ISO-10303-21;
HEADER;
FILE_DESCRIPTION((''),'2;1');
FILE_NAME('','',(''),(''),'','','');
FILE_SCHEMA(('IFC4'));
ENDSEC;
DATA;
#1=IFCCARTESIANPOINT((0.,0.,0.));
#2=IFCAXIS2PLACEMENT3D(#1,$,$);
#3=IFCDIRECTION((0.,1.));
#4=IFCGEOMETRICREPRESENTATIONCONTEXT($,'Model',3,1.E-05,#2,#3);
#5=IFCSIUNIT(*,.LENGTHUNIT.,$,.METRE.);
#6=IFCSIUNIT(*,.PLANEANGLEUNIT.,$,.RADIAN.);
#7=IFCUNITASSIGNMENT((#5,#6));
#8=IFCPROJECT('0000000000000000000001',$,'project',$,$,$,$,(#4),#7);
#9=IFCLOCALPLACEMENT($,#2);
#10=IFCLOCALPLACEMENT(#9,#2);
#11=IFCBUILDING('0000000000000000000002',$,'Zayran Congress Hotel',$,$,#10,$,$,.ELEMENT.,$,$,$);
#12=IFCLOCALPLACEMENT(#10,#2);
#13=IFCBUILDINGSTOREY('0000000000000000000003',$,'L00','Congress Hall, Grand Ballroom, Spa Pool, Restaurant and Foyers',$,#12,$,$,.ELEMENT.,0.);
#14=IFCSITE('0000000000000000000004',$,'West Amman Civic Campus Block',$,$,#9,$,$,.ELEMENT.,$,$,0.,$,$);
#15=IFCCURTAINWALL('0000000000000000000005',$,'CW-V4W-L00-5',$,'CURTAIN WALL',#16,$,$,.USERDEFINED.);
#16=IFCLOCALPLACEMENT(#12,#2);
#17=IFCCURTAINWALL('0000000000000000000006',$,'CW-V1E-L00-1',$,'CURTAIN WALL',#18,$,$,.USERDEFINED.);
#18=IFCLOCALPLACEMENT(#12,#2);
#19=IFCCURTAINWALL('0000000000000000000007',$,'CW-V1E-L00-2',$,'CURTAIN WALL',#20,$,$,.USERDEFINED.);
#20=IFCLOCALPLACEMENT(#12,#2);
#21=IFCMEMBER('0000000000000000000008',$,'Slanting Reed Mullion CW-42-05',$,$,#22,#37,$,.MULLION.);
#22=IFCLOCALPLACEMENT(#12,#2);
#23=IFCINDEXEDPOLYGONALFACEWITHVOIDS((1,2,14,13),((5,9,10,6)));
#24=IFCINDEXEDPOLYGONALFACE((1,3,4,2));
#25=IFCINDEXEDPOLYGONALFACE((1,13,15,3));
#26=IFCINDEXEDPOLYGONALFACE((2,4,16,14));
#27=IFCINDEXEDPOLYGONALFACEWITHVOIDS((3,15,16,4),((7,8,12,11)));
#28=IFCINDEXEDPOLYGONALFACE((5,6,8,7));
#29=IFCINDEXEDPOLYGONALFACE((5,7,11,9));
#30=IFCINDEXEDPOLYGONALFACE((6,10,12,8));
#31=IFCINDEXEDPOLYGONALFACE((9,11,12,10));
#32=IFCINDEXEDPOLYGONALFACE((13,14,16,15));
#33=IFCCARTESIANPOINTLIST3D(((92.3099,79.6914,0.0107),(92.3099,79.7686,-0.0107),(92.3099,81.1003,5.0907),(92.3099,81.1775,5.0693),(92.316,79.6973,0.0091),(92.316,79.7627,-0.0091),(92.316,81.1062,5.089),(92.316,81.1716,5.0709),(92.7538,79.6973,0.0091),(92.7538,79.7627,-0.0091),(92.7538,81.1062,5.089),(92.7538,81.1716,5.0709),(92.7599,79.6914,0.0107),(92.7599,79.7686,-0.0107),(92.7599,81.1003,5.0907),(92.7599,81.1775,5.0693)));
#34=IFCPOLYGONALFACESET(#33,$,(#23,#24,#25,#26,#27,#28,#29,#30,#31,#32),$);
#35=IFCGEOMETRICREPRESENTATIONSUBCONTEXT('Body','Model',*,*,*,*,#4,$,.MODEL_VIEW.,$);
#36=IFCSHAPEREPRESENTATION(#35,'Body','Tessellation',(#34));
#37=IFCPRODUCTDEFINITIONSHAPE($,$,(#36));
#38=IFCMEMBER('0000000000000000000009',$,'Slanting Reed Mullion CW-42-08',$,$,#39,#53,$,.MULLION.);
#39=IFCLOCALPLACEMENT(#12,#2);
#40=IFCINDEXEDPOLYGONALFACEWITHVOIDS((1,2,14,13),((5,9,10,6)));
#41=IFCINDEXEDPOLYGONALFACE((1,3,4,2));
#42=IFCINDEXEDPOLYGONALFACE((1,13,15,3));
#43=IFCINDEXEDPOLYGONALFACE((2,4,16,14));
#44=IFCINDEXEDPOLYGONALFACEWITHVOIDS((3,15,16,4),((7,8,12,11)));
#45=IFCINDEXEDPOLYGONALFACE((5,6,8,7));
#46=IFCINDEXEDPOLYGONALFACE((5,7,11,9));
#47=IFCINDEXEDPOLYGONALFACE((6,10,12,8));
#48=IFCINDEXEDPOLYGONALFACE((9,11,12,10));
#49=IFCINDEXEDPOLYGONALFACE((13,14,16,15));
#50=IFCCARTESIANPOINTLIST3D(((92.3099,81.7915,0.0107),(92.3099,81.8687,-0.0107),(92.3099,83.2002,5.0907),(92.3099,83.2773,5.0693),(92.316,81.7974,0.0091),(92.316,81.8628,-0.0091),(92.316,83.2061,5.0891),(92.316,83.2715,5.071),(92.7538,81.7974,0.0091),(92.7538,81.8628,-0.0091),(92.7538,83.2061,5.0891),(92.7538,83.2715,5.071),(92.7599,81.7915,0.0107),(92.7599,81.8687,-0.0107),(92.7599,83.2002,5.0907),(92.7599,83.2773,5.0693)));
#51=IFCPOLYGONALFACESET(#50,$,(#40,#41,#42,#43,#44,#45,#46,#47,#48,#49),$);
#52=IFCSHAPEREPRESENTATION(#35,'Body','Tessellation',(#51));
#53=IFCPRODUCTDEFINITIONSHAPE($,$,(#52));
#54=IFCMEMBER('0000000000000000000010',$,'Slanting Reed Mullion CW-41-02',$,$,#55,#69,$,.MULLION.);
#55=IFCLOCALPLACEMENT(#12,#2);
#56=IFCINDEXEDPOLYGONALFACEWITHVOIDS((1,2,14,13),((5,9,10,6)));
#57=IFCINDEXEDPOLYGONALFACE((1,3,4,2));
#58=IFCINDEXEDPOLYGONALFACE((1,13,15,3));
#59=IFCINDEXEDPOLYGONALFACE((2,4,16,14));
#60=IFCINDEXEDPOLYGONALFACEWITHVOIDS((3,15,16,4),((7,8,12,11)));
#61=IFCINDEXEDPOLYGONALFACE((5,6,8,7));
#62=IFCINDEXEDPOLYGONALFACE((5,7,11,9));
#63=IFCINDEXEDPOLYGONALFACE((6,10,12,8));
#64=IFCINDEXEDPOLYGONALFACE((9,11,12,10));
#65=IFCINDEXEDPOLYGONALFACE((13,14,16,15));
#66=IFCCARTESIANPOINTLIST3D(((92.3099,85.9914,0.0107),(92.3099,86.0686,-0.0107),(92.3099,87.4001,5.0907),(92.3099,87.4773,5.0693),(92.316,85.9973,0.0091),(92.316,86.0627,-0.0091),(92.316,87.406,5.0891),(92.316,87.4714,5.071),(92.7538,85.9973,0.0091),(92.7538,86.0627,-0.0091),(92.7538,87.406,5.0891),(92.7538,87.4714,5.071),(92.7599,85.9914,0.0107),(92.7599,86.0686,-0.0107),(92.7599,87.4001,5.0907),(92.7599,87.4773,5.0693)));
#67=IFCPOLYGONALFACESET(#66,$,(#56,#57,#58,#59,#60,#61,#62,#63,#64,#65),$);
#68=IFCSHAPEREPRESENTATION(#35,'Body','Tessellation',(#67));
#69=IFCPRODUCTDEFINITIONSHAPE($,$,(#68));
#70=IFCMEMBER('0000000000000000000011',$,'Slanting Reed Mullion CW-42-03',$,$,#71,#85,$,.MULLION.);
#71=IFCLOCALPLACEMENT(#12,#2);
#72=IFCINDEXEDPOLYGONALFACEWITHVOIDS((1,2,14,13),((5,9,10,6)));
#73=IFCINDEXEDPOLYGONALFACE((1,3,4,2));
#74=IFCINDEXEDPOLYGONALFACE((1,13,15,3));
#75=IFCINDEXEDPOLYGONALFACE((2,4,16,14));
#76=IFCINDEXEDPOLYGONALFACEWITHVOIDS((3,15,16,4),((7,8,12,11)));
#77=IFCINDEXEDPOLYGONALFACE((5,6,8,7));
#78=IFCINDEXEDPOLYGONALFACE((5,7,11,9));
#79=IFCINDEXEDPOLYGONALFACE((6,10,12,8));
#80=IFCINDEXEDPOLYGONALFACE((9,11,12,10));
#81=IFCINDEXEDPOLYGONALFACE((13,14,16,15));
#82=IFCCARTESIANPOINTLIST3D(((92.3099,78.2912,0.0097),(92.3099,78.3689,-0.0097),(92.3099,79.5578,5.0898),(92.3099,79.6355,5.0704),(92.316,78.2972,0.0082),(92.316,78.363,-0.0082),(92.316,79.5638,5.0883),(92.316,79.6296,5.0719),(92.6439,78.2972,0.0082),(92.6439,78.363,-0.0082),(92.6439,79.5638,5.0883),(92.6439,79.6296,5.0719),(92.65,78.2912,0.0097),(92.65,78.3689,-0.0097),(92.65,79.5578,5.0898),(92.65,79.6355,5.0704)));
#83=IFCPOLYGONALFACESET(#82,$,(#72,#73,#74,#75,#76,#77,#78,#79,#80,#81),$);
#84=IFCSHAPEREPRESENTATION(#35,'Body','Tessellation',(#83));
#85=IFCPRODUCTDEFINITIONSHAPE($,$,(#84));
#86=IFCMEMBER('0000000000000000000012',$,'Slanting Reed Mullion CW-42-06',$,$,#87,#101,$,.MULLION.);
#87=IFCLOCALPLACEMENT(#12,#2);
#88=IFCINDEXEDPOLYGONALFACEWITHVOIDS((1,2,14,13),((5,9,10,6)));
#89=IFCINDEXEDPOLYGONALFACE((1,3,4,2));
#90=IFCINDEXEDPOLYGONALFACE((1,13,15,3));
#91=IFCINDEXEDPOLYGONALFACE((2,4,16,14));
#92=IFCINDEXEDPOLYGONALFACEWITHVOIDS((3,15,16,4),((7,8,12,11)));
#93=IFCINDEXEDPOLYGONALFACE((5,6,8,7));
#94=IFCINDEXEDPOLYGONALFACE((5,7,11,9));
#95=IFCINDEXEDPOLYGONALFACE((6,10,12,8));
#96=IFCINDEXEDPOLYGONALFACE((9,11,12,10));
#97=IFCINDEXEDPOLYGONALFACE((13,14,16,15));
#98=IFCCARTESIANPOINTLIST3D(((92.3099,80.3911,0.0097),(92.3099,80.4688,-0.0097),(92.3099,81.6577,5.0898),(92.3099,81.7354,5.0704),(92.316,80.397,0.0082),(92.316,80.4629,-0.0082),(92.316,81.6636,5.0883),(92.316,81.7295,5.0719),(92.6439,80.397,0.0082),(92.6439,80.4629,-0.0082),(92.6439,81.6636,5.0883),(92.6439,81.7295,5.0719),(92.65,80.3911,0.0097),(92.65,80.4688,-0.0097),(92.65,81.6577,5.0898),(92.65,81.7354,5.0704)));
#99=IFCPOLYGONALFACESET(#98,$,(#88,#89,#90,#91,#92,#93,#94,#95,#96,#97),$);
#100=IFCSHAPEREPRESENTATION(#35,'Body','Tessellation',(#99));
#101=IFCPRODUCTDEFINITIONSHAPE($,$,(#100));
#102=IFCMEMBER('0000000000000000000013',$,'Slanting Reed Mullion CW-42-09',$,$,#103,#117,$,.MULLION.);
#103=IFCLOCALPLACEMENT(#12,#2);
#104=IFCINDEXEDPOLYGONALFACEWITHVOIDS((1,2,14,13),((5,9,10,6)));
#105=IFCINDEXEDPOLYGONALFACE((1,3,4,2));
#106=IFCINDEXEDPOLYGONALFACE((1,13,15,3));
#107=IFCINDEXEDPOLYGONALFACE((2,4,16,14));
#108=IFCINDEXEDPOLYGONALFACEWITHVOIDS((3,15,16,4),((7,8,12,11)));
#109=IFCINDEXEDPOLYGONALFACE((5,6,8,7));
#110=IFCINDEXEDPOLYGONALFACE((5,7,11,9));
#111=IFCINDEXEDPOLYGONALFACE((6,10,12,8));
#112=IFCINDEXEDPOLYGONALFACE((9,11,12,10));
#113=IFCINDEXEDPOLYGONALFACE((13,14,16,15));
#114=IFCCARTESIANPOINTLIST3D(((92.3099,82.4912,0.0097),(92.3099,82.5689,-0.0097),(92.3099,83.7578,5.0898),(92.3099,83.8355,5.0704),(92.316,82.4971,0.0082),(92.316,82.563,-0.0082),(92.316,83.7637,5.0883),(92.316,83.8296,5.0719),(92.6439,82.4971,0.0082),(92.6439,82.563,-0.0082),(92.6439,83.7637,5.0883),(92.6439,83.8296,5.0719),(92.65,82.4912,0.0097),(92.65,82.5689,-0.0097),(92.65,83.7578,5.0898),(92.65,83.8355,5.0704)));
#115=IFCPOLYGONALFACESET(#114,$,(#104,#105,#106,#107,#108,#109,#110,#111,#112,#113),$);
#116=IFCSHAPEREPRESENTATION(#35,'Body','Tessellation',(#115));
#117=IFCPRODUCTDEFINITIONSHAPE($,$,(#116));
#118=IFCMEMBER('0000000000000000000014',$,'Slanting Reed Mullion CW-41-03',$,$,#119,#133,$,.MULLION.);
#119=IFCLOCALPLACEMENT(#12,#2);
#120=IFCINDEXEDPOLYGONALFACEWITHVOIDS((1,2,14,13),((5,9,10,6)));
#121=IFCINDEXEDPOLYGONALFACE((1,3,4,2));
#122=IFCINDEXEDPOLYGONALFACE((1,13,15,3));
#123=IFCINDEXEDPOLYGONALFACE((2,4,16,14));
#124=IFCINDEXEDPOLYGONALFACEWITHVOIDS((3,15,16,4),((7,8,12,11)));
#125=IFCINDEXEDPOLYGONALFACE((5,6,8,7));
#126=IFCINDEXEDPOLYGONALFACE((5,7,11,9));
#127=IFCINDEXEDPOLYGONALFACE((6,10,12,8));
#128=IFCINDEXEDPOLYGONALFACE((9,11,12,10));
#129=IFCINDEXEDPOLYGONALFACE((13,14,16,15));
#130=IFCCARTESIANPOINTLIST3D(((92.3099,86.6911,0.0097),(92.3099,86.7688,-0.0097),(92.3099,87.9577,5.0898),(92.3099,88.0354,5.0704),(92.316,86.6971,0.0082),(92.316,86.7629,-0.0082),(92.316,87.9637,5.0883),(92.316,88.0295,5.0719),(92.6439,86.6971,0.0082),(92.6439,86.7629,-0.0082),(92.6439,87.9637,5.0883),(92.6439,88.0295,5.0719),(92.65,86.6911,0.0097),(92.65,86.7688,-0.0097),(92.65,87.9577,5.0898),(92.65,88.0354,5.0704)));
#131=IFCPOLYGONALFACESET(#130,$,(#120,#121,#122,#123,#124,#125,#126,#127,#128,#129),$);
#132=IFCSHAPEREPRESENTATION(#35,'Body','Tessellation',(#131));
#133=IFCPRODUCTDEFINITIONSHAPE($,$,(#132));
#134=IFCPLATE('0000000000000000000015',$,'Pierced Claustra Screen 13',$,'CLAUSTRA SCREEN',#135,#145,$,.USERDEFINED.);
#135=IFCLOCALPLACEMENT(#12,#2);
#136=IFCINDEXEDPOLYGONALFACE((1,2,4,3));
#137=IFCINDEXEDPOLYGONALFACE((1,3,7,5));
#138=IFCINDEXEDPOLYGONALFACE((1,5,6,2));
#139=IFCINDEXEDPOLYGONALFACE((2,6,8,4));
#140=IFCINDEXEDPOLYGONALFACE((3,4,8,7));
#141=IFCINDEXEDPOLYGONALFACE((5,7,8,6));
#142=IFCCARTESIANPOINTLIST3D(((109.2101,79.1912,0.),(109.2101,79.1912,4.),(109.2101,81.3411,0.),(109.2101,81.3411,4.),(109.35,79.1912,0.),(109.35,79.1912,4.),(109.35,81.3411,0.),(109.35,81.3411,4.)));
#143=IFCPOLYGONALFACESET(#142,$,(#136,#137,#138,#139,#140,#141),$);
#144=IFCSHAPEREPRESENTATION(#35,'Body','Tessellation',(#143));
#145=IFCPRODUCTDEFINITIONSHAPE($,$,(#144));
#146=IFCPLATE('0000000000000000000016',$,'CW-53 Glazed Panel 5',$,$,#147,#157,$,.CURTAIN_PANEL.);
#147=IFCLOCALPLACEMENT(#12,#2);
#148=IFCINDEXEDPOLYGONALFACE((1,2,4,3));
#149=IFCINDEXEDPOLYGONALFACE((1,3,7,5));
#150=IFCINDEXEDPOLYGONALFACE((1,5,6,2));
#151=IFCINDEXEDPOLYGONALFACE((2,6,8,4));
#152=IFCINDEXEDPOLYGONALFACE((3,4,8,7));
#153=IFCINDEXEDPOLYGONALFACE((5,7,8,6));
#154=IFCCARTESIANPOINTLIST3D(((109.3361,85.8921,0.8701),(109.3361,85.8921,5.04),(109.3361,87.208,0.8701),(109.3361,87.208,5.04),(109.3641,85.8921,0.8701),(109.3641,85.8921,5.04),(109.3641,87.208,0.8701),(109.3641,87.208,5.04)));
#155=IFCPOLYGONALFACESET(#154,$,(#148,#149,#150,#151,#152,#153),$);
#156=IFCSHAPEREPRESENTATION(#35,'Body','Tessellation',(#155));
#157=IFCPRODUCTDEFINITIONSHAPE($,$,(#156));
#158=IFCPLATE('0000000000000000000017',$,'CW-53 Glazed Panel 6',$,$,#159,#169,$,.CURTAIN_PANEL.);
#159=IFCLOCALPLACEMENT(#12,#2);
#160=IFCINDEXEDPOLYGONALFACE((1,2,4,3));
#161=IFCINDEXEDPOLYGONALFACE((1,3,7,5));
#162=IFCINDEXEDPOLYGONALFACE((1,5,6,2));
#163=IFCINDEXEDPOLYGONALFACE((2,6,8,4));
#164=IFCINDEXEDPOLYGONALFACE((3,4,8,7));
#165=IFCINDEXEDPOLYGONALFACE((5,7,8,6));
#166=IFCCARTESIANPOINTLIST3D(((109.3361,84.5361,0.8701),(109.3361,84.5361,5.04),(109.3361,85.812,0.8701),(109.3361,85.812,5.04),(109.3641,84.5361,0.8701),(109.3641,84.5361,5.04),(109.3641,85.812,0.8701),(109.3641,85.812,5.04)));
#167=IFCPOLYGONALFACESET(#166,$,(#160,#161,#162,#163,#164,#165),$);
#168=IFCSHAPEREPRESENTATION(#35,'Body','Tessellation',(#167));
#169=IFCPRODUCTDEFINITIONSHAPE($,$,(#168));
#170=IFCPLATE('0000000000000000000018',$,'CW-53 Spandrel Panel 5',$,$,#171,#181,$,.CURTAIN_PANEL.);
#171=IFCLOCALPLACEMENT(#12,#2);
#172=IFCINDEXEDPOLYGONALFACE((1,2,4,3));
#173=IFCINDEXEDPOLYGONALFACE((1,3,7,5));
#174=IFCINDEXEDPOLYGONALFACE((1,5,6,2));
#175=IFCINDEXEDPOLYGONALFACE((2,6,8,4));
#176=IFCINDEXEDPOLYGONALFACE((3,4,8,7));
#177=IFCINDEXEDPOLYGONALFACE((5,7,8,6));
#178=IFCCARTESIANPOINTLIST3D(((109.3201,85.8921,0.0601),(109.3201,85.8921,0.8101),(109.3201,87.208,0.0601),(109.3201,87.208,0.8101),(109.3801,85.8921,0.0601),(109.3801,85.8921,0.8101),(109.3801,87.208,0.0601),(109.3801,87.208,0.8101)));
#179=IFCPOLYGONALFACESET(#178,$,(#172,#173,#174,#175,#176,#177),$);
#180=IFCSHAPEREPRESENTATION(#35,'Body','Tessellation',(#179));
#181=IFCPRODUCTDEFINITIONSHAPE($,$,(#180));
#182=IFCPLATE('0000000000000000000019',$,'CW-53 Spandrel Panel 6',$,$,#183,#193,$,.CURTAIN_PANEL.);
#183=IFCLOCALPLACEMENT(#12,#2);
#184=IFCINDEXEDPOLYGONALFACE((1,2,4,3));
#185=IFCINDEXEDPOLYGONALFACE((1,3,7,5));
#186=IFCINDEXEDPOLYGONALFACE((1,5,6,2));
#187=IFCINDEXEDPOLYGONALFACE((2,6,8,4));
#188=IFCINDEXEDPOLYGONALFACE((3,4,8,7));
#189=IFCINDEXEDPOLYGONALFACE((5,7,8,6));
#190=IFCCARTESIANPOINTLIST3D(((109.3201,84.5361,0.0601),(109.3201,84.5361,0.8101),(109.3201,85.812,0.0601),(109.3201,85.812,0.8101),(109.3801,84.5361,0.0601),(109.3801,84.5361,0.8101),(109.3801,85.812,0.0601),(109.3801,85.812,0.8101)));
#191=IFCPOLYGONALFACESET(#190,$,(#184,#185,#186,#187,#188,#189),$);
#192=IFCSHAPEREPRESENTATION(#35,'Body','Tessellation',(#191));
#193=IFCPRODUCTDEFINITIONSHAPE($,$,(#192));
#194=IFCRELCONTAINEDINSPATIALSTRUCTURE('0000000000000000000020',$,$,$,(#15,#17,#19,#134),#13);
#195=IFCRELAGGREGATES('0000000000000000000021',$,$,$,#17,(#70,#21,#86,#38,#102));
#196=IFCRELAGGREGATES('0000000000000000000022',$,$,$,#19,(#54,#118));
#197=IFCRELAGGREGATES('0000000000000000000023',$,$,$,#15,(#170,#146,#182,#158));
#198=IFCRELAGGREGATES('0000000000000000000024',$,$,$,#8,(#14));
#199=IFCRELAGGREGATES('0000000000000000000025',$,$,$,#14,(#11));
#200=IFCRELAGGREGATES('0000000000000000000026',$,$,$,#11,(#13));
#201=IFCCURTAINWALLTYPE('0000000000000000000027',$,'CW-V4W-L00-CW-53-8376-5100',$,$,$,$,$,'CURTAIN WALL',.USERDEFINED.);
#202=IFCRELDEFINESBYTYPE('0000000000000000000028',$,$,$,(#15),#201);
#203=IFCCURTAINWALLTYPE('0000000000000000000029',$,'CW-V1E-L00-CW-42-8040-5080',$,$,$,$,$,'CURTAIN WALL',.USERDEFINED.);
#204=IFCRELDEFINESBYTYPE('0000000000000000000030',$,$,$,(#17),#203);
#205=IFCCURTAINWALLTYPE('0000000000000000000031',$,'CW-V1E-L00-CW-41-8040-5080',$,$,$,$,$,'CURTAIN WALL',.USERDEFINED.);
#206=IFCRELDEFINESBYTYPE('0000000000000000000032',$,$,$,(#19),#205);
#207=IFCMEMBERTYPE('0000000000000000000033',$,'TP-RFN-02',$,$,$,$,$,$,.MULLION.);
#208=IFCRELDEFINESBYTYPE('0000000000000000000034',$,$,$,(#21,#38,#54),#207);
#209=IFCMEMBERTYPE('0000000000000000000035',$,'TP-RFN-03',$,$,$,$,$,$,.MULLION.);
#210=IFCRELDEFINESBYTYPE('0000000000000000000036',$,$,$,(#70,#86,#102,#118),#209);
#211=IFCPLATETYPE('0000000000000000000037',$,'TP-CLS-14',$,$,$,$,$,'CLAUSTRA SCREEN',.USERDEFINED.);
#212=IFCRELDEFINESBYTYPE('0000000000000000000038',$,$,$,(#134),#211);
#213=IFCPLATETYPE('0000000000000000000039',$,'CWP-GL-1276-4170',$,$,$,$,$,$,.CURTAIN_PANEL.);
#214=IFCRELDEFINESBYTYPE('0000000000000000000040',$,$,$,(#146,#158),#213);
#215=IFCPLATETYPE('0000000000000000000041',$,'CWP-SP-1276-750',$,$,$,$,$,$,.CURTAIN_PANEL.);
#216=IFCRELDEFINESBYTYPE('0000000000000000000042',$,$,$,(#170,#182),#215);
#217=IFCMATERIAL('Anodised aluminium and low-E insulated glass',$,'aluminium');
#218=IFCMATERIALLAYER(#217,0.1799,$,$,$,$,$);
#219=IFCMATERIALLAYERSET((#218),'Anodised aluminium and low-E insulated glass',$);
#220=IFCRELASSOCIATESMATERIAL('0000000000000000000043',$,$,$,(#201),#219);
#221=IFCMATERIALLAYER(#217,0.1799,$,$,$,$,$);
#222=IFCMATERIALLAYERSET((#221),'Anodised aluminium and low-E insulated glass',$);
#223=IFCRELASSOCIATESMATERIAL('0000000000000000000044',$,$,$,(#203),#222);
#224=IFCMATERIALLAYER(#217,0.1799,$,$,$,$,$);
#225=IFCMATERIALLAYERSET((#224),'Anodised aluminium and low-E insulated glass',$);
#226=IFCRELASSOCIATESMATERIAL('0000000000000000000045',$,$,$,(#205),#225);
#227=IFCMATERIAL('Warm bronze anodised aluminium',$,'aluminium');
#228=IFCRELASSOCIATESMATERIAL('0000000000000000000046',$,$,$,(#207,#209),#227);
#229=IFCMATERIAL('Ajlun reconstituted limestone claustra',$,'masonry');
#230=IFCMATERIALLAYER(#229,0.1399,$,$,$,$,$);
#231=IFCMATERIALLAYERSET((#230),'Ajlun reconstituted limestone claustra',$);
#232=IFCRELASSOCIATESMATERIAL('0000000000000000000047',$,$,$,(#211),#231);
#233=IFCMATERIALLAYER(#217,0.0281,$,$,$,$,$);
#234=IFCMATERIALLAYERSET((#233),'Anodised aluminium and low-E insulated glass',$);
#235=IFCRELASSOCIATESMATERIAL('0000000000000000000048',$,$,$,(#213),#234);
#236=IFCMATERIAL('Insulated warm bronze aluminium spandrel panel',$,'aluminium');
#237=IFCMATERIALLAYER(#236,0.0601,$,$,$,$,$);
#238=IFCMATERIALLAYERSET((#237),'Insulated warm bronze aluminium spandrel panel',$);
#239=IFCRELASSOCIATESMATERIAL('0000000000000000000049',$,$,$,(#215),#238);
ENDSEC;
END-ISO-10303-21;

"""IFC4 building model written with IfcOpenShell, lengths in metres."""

from ifc_helpers import new_model, si_unit, direction, frame, origin, origin_2d, place, context, subcontext, project, spatial, rectangle, hollow_rectangle, extrude, material, layer, layer_set, material_profile, profile_set, type_object, element, aggregate, save


model = new_model("IFC4")

# Units and contexts
model_context = context("Model", 3, precision=1e-05, world=origin(), true_north=direction((0.0, 1.0)))
body_context = subcontext(model_context, "Body", "Model", "MODEL_VIEW")
ifc_project = project(units=[si_unit("LENGTHUNIT", "METRE"), si_unit("PLANEANGLEUNIT", "RADIAN")], contexts=[model_context])

# Site, building, storey
site_placement = place(None, origin())
site = spatial("IfcSite", under=ifc_project, at=site_placement, Name="West Amman Civic Campus Block", CompositionType="ELEMENT", RefElevation=0.0)
building_placement = place(site_placement, origin())
building = spatial("IfcBuilding", under=site, at=building_placement, Name="Zayran Congress Hotel", CompositionType="ELEMENT")
storey_placement = place(building_placement, origin())
storey = spatial("IfcBuildingStorey", under=building, at=storey_placement, Name="L00", Description="Congress Hall, Grand Ballroom, Spa Pool, Restaurant and Foyers", CompositionType="ELEMENT", Elevation=0.0)

# Curtain walls
ifc_material_1 = material(Name="Anodised aluminium and low-E insulated glass", Category="aluminium")
ifc_layer_1 = layer(ifc_material_1, 0.1799)
ifc_layer_set_1 = layer_set([ifc_layer_1], Name="Anodised aluminium and low-E insulated glass")
curtain_wall_type_1 = type_object("IfcCurtainWallType", Name="CW-V4W-L00-CW-53-8376-5100", ElementType="CURTAIN WALL", PredefinedType="USERDEFINED", material=ifc_layer_set_1)
curtain_wall_1_placement = place(storey_placement, origin())
curtain_wall_1 = element("IfcCurtainWall", 1, at=curtain_wall_1_placement, inside=storey, type_object=curtain_wall_type_1, Name="CW-V4W-L00-5", ObjectType="CURTAIN WALL", PredefinedType="USERDEFINED")
ifc_layer_2 = layer(ifc_material_1, 0.1799)
ifc_layer_set_2 = layer_set([ifc_layer_2], Name="Anodised aluminium and low-E insulated glass")
curtain_wall_type_2 = type_object("IfcCurtainWallType", Name="CW-V1E-L00-CW-42-8040-5080", ElementType="CURTAIN WALL", PredefinedType="USERDEFINED", material=ifc_layer_set_2)
curtain_wall_2_placement = place(storey_placement, origin())
curtain_wall_2 = element("IfcCurtainWall", 2, at=curtain_wall_2_placement, inside=storey, type_object=curtain_wall_type_2, Name="CW-V1E-L00-1", ObjectType="CURTAIN WALL", PredefinedType="USERDEFINED")
ifc_material_2 = material(Name="Warm bronze anodised aluminium", Category="aluminium")

# Curtain wall
ifc_layer_3 = layer(ifc_material_1, 0.1799)
ifc_layer_set_3 = layer_set([ifc_layer_3], Name="Anodised aluminium and low-E insulated glass")
curtain_wall_type_3 = type_object("IfcCurtainWallType", Name="CW-V1E-L00-CW-41-8040-5080", ElementType="CURTAIN WALL", PredefinedType="USERDEFINED", material=ifc_layer_set_3)
curtain_wall_3_placement = place(storey_placement, origin())
curtain_wall_3 = element("IfcCurtainWall", 3, at=curtain_wall_3_placement, inside=storey, type_object=curtain_wall_type_3, Name="CW-V1E-L00-2", ObjectType="CURTAIN WALL", PredefinedType="USERDEFINED")

# Members
ifc_material_profile_1 = material_profile(ifc_material_2, hollow_rectangle(XDim=0.0801, YDim=0.45, WallThickness=0.0061, at=origin_2d()), Name="RHS 450x80x6")
ifc_profile_set_1 = profile_set([ifc_material_profile_1], Name="Warm bronze anodised aluminium")
member_type_1 = type_object("IfcMemberType", Name="TP-RFN-02", PredefinedType="MULLION", material=ifc_profile_set_1)
member_1_placement = place(storey_placement, frame((92.5349, 79.73, 0.0), z_axis=(0.0, 0.267257, 0.963625), x_axis=(0.0, -0.963625, 0.267257)))
member_1 = element("IfcMember", 4, at=member_1_placement, type_object=member_type_1, Name="Slanting Reed Mullion CW-42-05", PredefinedType="MULLION", context=body_context, shape_type="SweptSolid", body=[
    extrude(hollow_rectangle(XDim=0.0801, YDim=0.45, WallThickness=0.0061, at=origin_2d()), origin(), (0.0, 0.0, 1.0), 5.2717),
])
member_2_placement = place(storey_placement, frame((92.5349, 81.8301, 0.0), z_axis=(0.0, 0.267214, 0.963637), x_axis=(0.0, -0.963637, 0.267214)))
member_2 = element("IfcMember", 5, at=member_2_placement, type_object=member_type_1, Name="Slanting Reed Mullion CW-42-08", PredefinedType="MULLION", context=body_context, shape_type="SweptSolid", body=[
    extrude(hollow_rectangle(XDim=0.0801, YDim=0.45, WallThickness=0.0061, at=origin_2d()), origin(), (0.0, 0.0, 1.0), 5.2717),
])
member_3_placement = place(storey_placement, frame((92.5349, 86.03, 0.0), z_axis=(0.0, 0.267214, 0.963637), x_axis=(0.0, -0.963637, 0.267214)))
member_3 = element("IfcMember", 6, at=member_3_placement, type_object=member_type_1, Name="Slanting Reed Mullion CW-41-02", PredefinedType="MULLION", context=body_context, shape_type="SweptSolid", body=[
    extrude(hollow_rectangle(XDim=0.0801, YDim=0.45, WallThickness=0.0061, at=origin_2d()), origin(), (0.0, 0.0, 1.0), 5.2717),
])
ifc_material_profile_2 = material_profile(ifc_material_2, hollow_rectangle(XDim=0.0801, YDim=0.3401, WallThickness=0.0061, at=origin_2d()), Name="RHS 340x80x6")
ifc_profile_set_2 = profile_set([ifc_material_profile_2], Name="Warm bronze anodised aluminium")
member_type_2 = type_object("IfcMemberType", Name="TP-RFN-03", PredefinedType="MULLION", material=ifc_profile_set_2)
member_4_placement = place(storey_placement, frame((92.48, 78.3301, 0.0), z_axis=(0.0, 0.241921, 0.970296), x_axis=(0.0, -0.970296, 0.241921)))
member_4 = element("IfcMember", 7, at=member_4_placement, type_object=member_type_2, Name="Slanting Reed Mullion CW-42-03", PredefinedType="MULLION", context=body_context, shape_type="SweptSolid", body=[
    extrude(hollow_rectangle(XDim=0.0801, YDim=0.3401, WallThickness=0.0061, at=origin_2d()), origin(), (0.0, 0.0, 1.0), 5.2356),
])
member_5_placement = place(storey_placement, frame((92.48, 80.4299, 0.0), z_axis=(0.0, 0.241921, 0.970296), x_axis=(0.0, -0.970296, 0.241921)))
member_5 = element("IfcMember", 8, at=member_5_placement, type_object=member_type_2, Name="Slanting Reed Mullion CW-42-06", PredefinedType="MULLION", context=body_context, shape_type="SweptSolid", body=[
    extrude(hollow_rectangle(XDim=0.0801, YDim=0.3401, WallThickness=0.0061, at=origin_2d()), origin(), (0.0, 0.0, 1.0), 5.2356),
])
member_6_placement = place(storey_placement, frame((92.48, 82.53, 0.0), z_axis=(0.0, 0.241921, 0.970296), x_axis=(0.0, -0.970296, 0.241921)))
member_6 = element("IfcMember", 9, at=member_6_placement, type_object=member_type_2, Name="Slanting Reed Mullion CW-42-09", PredefinedType="MULLION", context=body_context, shape_type="SweptSolid", body=[
    extrude(hollow_rectangle(XDim=0.0801, YDim=0.3401, WallThickness=0.0061, at=origin_2d()), origin(), (0.0, 0.0, 1.0), 5.2356),
])
aggregate(curtain_wall_2, [member_4, member_1, member_5, member_2, member_6])
member_7_placement = place(storey_placement, frame((92.48, 86.73, 0.0), z_axis=(0.0, 0.241921, 0.970296), x_axis=(0.0, -0.970296, 0.241921)))
member_7 = element("IfcMember", 10, at=member_7_placement, type_object=member_type_2, Name="Slanting Reed Mullion CW-41-03", PredefinedType="MULLION", context=body_context, shape_type="SweptSolid", body=[
    extrude(hollow_rectangle(XDim=0.0801, YDim=0.3401, WallThickness=0.0061, at=origin_2d()), origin(), (0.0, 0.0, 1.0), 5.2356),
])
aggregate(curtain_wall_3, [member_3, member_7])

# Plates
ifc_material_3 = material(Name="Ajlun reconstituted limestone claustra", Category="masonry")
ifc_layer_4 = layer(ifc_material_3, 0.1399)
ifc_layer_set_4 = layer_set([ifc_layer_4], Name="Ajlun reconstituted limestone claustra")
plate_type_1 = type_object("IfcPlateType", Name="TP-CLS-14", ElementType="CLAUSTRA SCREEN", PredefinedType="USERDEFINED", material=ifc_layer_set_4)
plate_1_placement = place(storey_placement, frame((109.28, 80.2661, 0.0), z_axis=(0.0, 0.0, 1.0), x_axis=(0.0, 1.0, 0.0)))
element("IfcPlate", 11, at=plate_1_placement, inside=storey, type_object=plate_type_1, Name="Pierced Claustra Screen 13", ObjectType="CLAUSTRA SCREEN", PredefinedType="USERDEFINED", context=body_context, shape_type="SweptSolid", body=[
    extrude(rectangle(XDim=2.1499, YDim=0.1399, at=origin_2d()), origin(), (0.0, 0.0, 1.0), 4.0),
])
ifc_layer_5 = layer(ifc_material_1, 0.0281)
ifc_layer_set_5 = layer_set([ifc_layer_5], Name="Anodised aluminium and low-E insulated glass")
plate_type_2 = type_object("IfcPlateType", Name="CWP-GL-1276-4170", PredefinedType="CURTAIN_PANEL", material=ifc_layer_set_5)
plate_2_placement = place(storey_placement, frame((109.3501, 86.55, 0.8701), z_axis=(0.0, 0.0, 1.0), x_axis=(0.0, 1.0, 0.0)))
plate_2 = element("IfcPlate", 12, at=plate_2_placement, type_object=plate_type_2, Name="CW-53 Glazed Panel 5", PredefinedType="CURTAIN_PANEL", context=body_context, shape_type="SweptSolid", body=[
    extrude(rectangle(XDim=1.3159, YDim=0.0281, at=origin_2d()), origin(), (0.0, 0.0, 1.0), 4.1699),
])
plate_3_placement = place(storey_placement, frame((109.3501, 85.1741, 0.8701), z_axis=(0.0, 0.0, 1.0), x_axis=(0.0, 1.0, 0.0)))
plate_3 = element("IfcPlate", 13, at=plate_3_placement, type_object=plate_type_2, Name="CW-53 Glazed Panel 6", PredefinedType="CURTAIN_PANEL", context=body_context, shape_type="SweptSolid", body=[
    extrude(rectangle(XDim=1.2759, YDim=0.0281, at=origin_2d()), origin(), (0.0, 0.0, 1.0), 4.1699),
])
ifc_material_4 = material(Name="Insulated warm bronze aluminium spandrel panel", Category="aluminium")
ifc_layer_6 = layer(ifc_material_4, 0.0601)
ifc_layer_set_6 = layer_set([ifc_layer_6], Name="Insulated warm bronze aluminium spandrel panel")
plate_type_3 = type_object("IfcPlateType", Name="CWP-SP-1276-750", PredefinedType="CURTAIN_PANEL", material=ifc_layer_set_6)
plate_4_placement = place(storey_placement, frame((109.3501, 86.55, 0.0601), z_axis=(0.0, 0.0, 1.0), x_axis=(0.0, 1.0, 0.0)))
plate_4 = element("IfcPlate", 14, at=plate_4_placement, type_object=plate_type_3, Name="CW-53 Spandrel Panel 5", PredefinedType="CURTAIN_PANEL", context=body_context, shape_type="SweptSolid", body=[
    extrude(rectangle(XDim=1.3159, YDim=0.0601, at=origin_2d()), origin(), (0.0, 0.0, 1.0), 0.75),
])
plate_5_placement = place(storey_placement, frame((109.3501, 85.1741, 0.0601), z_axis=(0.0, 0.0, 1.0), x_axis=(0.0, 1.0, 0.0)))
plate_5 = element("IfcPlate", 15, at=plate_5_placement, type_object=plate_type_3, Name="CW-53 Spandrel Panel 6", PredefinedType="CURTAIN_PANEL", context=body_context, shape_type="SweptSolid", body=[
    extrude(rectangle(XDim=1.2759, YDim=0.0601, at=origin_2d()), origin(), (0.0, 0.0, 1.0), 0.75),
])
aggregate(curtain_wall_1, [plate_4, plate_2, plate_5, plate_3])

save(model, "model.ifc")
